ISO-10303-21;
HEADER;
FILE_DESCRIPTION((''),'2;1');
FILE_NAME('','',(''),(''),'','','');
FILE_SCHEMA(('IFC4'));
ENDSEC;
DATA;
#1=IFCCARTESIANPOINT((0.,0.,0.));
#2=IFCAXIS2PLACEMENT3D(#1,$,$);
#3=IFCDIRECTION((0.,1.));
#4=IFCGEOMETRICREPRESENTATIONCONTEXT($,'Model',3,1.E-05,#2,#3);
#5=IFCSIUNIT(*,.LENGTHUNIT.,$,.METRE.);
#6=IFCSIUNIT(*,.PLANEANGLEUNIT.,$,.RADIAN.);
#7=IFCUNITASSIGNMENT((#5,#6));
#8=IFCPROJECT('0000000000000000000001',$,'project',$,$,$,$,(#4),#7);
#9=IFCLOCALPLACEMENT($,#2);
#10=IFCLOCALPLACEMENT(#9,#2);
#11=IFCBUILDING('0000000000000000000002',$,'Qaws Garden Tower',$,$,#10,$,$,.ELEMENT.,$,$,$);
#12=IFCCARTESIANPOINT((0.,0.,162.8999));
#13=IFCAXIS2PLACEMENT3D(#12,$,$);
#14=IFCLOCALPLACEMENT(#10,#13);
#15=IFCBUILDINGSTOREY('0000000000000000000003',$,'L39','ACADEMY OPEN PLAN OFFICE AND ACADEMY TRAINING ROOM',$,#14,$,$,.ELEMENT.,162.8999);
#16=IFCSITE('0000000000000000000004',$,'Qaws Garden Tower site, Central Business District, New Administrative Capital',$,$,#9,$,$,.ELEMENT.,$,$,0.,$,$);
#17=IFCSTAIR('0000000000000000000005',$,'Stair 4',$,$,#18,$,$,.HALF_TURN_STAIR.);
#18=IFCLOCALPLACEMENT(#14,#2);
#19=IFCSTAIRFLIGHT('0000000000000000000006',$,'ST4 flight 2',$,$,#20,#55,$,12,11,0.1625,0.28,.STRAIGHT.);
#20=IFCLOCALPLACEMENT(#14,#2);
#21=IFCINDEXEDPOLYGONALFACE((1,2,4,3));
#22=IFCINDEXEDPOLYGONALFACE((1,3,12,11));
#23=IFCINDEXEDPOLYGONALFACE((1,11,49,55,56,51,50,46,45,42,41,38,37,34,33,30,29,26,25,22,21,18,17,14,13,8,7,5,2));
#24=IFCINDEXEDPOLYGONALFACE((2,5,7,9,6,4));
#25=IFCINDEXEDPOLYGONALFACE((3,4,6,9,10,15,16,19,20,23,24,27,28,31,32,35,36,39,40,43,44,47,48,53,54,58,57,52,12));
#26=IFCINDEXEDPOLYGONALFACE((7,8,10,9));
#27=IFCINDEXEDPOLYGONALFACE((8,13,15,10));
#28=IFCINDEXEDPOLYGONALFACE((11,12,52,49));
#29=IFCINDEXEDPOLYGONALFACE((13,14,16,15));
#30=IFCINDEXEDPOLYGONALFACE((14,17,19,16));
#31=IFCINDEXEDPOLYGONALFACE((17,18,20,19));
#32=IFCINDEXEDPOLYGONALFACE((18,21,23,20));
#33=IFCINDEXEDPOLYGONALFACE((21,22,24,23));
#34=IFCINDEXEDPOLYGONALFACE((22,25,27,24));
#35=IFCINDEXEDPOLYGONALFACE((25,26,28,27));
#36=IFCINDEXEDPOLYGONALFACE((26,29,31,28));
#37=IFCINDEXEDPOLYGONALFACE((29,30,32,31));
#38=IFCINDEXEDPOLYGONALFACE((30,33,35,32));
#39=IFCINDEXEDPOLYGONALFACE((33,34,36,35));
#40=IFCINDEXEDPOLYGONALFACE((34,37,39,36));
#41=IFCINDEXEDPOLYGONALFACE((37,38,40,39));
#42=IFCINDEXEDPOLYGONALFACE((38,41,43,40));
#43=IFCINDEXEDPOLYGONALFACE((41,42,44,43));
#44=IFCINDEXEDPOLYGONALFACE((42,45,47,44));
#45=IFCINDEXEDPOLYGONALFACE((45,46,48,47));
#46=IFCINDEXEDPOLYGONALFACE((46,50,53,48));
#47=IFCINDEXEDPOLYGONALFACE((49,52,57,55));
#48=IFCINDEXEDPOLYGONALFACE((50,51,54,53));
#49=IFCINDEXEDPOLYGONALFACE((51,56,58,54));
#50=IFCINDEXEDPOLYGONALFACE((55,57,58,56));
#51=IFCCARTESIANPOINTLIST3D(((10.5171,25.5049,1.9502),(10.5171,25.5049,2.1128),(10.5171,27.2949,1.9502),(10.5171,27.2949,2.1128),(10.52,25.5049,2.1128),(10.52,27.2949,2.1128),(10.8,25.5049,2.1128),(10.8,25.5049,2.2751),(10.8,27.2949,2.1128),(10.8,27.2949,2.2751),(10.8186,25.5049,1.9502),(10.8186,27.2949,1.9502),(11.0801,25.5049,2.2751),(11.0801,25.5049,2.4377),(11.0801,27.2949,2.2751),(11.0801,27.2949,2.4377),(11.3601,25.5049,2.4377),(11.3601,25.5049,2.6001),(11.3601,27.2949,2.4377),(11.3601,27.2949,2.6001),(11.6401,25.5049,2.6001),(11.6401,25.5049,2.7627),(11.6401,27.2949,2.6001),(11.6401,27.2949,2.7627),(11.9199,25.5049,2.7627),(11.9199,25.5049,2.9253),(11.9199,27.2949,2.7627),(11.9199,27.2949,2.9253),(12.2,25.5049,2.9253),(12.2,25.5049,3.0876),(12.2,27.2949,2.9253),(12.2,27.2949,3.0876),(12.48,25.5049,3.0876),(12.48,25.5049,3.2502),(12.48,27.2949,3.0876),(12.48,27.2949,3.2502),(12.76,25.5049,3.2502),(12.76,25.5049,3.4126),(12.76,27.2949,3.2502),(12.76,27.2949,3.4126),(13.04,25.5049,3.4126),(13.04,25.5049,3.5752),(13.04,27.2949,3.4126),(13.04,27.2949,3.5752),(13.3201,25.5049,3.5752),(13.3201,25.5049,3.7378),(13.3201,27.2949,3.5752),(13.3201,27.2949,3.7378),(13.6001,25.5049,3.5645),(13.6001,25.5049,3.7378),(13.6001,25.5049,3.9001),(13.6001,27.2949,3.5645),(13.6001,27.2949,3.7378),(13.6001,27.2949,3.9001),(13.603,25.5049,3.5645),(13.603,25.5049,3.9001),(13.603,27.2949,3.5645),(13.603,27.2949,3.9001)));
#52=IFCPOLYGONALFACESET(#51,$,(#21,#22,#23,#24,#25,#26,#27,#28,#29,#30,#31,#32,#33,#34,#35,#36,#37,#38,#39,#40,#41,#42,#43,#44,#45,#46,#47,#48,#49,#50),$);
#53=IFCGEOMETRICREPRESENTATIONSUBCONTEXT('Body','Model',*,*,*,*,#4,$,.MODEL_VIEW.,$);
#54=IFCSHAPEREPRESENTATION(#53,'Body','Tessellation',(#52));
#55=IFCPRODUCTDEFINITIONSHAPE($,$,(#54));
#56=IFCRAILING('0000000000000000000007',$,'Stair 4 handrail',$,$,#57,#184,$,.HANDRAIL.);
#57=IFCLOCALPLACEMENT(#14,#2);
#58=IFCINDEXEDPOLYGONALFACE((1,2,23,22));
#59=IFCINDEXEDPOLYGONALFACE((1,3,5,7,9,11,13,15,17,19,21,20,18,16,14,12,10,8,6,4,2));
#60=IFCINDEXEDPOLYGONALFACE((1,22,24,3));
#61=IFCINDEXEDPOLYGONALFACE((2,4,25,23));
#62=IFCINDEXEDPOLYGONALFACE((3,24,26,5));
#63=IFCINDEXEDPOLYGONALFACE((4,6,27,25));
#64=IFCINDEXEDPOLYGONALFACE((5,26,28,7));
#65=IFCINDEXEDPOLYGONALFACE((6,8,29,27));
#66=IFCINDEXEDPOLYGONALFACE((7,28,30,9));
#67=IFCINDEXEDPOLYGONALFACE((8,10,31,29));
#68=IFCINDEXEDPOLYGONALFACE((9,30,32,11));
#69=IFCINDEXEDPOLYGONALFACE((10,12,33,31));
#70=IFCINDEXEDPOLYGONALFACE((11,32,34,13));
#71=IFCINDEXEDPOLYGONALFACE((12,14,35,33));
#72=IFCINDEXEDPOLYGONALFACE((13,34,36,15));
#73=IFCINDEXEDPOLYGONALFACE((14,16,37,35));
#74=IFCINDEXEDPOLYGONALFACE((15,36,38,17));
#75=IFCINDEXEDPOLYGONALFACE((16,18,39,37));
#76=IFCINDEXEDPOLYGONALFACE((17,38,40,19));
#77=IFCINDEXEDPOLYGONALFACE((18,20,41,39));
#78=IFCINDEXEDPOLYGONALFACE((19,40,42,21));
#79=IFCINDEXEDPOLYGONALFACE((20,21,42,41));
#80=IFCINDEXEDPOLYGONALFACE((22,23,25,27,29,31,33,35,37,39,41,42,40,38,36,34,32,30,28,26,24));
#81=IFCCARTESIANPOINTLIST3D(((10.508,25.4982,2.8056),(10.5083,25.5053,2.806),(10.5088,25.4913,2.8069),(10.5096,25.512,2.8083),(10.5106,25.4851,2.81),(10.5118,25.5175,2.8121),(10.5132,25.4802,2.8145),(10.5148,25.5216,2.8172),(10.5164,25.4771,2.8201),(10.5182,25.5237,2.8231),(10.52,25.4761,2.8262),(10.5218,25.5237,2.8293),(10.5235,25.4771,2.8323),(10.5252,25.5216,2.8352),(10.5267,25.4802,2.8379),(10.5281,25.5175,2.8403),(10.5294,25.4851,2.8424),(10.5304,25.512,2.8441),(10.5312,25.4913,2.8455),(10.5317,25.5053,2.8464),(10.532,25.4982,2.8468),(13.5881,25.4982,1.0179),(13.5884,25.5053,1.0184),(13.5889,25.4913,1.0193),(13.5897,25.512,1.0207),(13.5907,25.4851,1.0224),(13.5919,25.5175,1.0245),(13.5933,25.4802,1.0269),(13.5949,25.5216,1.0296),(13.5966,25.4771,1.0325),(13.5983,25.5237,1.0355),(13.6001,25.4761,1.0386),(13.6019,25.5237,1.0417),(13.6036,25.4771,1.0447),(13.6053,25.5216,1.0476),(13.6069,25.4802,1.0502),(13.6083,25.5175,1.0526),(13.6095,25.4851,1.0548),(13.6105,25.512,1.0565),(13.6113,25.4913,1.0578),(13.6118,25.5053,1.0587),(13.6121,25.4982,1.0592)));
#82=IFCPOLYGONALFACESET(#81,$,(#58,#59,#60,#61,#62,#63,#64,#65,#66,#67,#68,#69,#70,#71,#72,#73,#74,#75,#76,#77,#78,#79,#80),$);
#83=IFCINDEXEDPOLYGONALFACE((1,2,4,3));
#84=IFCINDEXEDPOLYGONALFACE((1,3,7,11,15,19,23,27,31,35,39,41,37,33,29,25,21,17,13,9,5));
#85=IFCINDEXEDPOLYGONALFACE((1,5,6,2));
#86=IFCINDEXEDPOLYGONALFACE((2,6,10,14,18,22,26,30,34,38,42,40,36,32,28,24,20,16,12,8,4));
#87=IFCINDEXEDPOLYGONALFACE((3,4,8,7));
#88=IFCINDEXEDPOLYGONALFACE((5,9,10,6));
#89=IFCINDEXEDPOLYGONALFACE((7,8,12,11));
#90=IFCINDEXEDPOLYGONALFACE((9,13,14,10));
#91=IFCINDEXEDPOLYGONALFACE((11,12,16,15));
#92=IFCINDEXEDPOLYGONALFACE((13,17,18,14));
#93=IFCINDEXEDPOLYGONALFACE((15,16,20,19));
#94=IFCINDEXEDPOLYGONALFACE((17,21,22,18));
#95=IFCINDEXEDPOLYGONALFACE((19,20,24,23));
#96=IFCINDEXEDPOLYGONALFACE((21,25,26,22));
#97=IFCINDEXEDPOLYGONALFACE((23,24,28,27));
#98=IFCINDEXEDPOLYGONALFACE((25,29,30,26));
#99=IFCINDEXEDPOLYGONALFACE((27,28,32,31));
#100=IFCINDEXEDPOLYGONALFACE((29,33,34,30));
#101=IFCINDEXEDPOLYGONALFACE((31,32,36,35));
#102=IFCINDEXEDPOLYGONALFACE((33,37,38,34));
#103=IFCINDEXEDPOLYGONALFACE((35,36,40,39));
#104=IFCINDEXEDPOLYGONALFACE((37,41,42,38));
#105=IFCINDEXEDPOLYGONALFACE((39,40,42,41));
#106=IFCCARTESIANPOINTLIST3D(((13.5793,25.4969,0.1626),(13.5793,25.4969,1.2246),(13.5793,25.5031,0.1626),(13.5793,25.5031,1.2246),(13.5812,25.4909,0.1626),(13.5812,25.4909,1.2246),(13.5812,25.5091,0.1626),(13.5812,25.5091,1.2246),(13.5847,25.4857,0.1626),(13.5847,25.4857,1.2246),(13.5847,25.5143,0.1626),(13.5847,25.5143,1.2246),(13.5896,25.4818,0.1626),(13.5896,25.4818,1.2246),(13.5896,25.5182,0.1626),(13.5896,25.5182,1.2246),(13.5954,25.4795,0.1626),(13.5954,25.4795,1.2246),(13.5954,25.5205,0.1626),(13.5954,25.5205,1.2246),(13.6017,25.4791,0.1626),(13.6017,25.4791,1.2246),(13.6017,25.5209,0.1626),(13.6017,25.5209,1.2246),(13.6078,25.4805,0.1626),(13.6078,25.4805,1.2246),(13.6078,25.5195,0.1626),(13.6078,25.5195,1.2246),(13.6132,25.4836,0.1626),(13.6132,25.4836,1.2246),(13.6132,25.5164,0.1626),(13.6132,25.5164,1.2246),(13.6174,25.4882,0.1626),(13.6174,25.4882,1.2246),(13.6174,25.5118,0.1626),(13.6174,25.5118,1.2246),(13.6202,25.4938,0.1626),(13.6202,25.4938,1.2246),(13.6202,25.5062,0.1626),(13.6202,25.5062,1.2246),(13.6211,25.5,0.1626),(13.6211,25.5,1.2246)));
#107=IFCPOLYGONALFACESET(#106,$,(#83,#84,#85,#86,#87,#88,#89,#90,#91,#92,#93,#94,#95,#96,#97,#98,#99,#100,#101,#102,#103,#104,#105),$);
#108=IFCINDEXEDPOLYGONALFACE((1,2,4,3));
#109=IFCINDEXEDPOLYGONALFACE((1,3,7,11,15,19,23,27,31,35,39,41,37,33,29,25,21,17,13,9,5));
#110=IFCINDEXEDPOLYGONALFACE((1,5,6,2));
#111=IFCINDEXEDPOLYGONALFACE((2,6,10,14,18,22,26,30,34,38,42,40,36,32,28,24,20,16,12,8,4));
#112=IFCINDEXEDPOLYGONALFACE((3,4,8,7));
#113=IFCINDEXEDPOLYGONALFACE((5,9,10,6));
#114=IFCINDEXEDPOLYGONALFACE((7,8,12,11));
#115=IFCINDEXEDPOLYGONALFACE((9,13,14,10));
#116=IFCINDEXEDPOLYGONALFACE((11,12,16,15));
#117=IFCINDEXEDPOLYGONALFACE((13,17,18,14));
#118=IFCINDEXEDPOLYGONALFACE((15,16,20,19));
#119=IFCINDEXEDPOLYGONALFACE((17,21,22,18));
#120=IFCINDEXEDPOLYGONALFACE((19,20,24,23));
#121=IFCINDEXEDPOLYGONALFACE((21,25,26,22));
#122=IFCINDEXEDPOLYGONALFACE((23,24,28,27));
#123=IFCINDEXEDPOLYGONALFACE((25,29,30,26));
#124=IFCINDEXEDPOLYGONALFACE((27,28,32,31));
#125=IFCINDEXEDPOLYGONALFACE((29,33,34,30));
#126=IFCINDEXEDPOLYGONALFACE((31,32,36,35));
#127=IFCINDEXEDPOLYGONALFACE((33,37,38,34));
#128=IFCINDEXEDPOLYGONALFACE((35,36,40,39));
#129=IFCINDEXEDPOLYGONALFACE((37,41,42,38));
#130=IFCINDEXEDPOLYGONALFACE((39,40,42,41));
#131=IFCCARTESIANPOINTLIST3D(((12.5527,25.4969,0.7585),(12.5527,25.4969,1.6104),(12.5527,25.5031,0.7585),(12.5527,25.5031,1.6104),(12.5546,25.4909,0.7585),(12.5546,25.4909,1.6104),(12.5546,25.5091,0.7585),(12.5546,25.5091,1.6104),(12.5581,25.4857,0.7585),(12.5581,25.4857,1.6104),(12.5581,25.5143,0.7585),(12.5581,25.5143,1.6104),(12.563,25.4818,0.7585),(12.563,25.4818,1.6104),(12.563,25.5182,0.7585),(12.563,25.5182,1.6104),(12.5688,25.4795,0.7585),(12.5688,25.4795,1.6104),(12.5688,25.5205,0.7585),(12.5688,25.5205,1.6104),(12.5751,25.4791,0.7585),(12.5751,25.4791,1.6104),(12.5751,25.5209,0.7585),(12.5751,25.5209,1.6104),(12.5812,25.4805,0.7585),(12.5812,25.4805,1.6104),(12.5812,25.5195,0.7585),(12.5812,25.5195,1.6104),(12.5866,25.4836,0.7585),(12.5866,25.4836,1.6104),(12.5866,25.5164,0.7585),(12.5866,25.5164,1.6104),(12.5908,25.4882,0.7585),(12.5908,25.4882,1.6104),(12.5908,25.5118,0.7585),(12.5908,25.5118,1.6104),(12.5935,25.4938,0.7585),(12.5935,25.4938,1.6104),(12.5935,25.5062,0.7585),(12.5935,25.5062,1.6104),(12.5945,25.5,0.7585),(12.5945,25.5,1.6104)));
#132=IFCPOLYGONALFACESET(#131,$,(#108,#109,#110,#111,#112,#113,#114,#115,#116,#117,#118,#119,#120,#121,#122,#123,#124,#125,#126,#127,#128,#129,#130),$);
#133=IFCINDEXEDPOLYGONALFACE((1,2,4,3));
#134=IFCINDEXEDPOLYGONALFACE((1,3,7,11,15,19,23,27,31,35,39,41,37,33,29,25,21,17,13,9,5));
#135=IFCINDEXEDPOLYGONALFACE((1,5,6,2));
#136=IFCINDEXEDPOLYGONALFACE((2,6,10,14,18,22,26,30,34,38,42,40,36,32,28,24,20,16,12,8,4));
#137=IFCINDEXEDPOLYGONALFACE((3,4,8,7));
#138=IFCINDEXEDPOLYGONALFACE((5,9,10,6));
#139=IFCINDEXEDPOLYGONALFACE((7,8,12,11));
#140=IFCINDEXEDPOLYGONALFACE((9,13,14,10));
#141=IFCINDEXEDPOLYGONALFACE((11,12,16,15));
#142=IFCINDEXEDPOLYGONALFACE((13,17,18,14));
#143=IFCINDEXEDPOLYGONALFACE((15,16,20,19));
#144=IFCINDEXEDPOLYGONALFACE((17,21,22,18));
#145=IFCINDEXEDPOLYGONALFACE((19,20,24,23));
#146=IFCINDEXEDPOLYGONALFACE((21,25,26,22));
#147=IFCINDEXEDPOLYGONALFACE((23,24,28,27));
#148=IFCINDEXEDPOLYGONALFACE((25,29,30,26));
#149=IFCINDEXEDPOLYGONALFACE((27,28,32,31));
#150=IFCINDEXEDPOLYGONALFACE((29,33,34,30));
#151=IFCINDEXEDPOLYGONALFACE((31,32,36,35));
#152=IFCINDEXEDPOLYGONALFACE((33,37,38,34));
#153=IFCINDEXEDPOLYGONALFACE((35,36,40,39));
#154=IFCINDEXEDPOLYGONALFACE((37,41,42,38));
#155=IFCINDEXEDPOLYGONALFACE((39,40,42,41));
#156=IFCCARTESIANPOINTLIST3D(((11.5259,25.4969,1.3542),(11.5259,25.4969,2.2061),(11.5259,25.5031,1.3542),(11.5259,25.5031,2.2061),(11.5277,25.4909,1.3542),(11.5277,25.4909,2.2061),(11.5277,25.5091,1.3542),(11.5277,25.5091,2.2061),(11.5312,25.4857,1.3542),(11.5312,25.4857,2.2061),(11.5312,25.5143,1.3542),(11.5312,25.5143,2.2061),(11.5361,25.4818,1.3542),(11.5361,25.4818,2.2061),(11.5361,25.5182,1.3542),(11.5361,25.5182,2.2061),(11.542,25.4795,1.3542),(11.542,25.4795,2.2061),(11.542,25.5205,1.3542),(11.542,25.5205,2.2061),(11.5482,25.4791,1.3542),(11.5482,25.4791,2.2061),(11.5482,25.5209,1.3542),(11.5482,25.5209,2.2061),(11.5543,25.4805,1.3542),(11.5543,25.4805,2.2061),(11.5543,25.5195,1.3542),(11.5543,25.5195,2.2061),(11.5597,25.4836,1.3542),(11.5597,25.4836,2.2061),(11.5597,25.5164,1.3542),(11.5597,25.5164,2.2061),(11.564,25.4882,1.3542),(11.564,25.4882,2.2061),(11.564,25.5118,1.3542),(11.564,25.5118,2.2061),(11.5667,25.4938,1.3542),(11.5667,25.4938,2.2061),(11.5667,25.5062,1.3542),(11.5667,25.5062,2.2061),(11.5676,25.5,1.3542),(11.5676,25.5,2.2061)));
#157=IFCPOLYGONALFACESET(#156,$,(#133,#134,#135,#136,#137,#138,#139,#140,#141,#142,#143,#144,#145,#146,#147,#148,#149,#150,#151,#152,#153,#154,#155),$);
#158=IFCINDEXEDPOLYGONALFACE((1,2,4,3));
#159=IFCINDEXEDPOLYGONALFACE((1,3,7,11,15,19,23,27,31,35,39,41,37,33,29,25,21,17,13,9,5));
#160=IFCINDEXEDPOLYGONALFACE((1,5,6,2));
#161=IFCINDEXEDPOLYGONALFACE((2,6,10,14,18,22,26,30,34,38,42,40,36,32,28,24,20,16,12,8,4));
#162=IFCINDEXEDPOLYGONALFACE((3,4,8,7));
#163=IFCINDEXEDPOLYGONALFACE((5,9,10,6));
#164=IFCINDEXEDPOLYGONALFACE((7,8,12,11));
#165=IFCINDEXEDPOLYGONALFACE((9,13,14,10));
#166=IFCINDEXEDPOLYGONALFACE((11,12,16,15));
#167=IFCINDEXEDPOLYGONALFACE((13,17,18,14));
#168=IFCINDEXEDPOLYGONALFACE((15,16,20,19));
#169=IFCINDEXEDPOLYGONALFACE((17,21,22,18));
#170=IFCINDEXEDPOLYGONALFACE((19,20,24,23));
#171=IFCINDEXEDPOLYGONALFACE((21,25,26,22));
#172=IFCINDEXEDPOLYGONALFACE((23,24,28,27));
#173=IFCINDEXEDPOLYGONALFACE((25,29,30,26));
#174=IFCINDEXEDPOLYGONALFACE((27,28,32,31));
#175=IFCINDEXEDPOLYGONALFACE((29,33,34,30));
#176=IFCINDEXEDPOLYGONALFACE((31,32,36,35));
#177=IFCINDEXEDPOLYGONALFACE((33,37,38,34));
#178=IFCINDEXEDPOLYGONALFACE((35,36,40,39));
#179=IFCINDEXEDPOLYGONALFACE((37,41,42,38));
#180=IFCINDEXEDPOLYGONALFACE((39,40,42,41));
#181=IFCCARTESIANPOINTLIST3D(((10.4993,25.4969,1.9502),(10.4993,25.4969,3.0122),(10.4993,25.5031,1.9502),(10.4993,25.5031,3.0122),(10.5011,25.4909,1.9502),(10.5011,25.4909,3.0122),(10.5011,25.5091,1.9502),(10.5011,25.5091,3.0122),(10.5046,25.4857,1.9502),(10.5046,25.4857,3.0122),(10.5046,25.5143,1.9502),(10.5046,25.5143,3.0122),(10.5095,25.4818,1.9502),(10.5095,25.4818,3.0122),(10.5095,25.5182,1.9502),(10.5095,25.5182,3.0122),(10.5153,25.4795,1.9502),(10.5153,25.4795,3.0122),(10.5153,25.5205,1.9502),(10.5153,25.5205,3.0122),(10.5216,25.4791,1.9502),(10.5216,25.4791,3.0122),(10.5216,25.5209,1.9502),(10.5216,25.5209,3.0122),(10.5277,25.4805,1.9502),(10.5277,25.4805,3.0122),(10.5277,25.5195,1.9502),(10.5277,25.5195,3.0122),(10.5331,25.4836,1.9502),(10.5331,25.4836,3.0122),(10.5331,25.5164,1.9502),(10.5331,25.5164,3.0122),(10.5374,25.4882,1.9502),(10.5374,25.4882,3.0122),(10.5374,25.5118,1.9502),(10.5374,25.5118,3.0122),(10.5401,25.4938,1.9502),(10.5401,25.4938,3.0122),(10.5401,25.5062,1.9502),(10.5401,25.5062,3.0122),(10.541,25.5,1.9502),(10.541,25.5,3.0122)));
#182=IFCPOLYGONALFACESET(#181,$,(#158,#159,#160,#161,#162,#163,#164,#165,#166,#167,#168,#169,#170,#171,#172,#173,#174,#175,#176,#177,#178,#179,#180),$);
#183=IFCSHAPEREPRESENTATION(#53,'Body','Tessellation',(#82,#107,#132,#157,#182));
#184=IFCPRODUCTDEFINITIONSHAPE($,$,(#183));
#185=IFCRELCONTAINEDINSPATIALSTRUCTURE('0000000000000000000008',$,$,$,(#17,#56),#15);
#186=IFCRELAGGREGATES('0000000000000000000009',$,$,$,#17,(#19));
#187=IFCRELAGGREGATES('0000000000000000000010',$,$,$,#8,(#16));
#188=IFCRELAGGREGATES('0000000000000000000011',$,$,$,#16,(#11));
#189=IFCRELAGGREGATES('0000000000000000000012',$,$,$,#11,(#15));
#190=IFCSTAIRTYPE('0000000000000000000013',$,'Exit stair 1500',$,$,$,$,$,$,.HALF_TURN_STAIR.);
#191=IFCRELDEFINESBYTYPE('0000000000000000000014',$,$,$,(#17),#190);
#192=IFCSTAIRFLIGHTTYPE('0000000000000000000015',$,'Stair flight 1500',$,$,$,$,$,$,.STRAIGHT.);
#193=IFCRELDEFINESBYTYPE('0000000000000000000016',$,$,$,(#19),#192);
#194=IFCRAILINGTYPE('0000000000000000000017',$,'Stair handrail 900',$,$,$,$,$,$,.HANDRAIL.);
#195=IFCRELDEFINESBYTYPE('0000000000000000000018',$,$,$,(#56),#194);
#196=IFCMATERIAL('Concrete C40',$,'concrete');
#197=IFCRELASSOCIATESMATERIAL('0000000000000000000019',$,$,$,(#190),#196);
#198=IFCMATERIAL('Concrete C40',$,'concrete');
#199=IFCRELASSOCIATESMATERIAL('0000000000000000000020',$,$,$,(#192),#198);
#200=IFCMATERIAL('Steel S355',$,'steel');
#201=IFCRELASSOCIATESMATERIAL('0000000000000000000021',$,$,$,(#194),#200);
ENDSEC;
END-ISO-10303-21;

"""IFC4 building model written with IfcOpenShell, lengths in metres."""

from ifc_helpers import new_model, si_unit, direction, frame, origin, origin_2d, place, context, subcontext, project, spatial, polyline, circle, outline, extrude, material, type_object, element, aggregate, save


model = new_model("IFC4")

# Units and contexts
model_context = context("Model", 3, precision=1e-05, world=origin(), true_north=direction((0.0, 1.0)))
body_context = subcontext(model_context, "Body", "Model", "MODEL_VIEW")
ifc_project = project(units=[si_unit("LENGTHUNIT", "METRE"), si_unit("PLANEANGLEUNIT", "RADIAN")], contexts=[model_context])

# Site, building, storey
site_placement = place(None, origin())
site = spatial("IfcSite", under=ifc_project, at=site_placement, Name="Qaws Garden Tower site, Central Business District, New Administrative Capital", CompositionType="ELEMENT", RefElevation=0.0)
building_placement = place(site_placement, origin())
building = spatial("IfcBuilding", under=site, at=building_placement, Name="Qaws Garden Tower", CompositionType="ELEMENT")
storey_placement = place(building_placement, frame((0.0, 0.0, 162.8999)))
storey = spatial("IfcBuildingStorey", under=building, at=storey_placement, Name="L39", Description="ACADEMY OPEN PLAN OFFICE AND ACADEMY TRAINING ROOM", CompositionType="ELEMENT", Elevation=162.8999)

# Stair, stair flight
ifc_material_1 = material(Name="Concrete C40", Category="concrete")
stair_type = type_object("IfcStairType", Name="Exit stair 1500", PredefinedType="HALF_TURN_STAIR", material=ifc_material_1)
stair_placement = place(storey_placement, origin())
stair = element("IfcStair", 1, at=stair_placement, inside=storey, type_object=stair_type, Name="Stair 4", PredefinedType="HALF_TURN_STAIR")
ifc_material_2 = material(Name="Concrete C40", Category="concrete")
stair_flight_type = type_object("IfcStairFlightType", Name="Stair flight 1500", PredefinedType="STRAIGHT", material=ifc_material_2)
stair_flight_1_placement = place(storey_placement, frame((10.52, 26.3999, 1.9502), z_axis=(0.0, 0.0, 1.0), x_axis=(1.0, 0.0, 0.0)))
stair_flight_1 = element("IfcStairFlight", 2, at=stair_flight_1_placement, type_object=stair_flight_type, Name="ST4 flight 2", NumberOfRisers=12, NumberOfTreads=11, PredefinedType="STRAIGHT", RiserHeight=0.1625, TreadLength=0.28, context=body_context, shape_type="SweptSolid", body=[
    extrude(outline(polyline([(-0.0029, 0.0), (-0.0029, 0.1626), (0.0, 0.1626), (0.28, 0.1626), (0.28, 0.325), (0.5601, 0.325), (0.5601, 0.4875), (0.8401, 0.4875), (0.8401, 0.6499), (1.1201, 0.6499), (1.1201, 0.8125), (1.3999, 0.8125), (1.3999, 0.9751), (1.6799, 0.9751), (1.6799, 1.1375), (1.96, 1.1375), (1.96, 1.3), (2.24, 1.3), (2.24, 1.4624), (2.52, 1.4624), (2.52, 1.625), (2.8, 1.625), (2.8, 1.7876), (3.0801, 1.7876), (3.0801, 1.95), (3.083, 1.95), (3.083, 1.6143), (3.0801, 1.6143), (0.2986, 0.0), (-0.0029, 0.0)])), frame((0.0, 0.895, 0.0), z_axis=(0.0, -1.0, 0.0), x_axis=(1.0, 0.0, 0.0)), (0.0, 0.0, 1.0), 1.79),
])
aggregate(stair, [stair_flight_1])

# Railing
ifc_material_3 = material(Name="Steel S355", Category="steel")
railing_type = type_object("IfcRailingType", Name="Stair handrail 900", PredefinedType="HANDRAIL", material=ifc_material_3)
railing_1_placement = place(storey_placement, frame((13.6001, 25.5, 0.1626)))
element("IfcRailing", 3, at=railing_1_placement, inside=storey, type_object=railing_type, Name="Stair 4 handrail", PredefinedType="HANDRAIL", context=body_context, shape_type="SweptSolid", body=[
    extrude(circle(Radius=0.0239, at=origin_2d()), frame((0.0, 0.0, 0.876), z_axis=(-0.864891, 0.0, 0.50196), x_axis=(0.0, -1.0, 0.0)), (0.0, 0.0, 1.0), 3.5613),
    extrude(circle(Radius=0.021, at=origin_2d()), origin(), (0.0, 0.0, 1.0), 1.062),
    extrude(circle(Radius=0.021, at=origin_2d()), frame((-1.0266, 0.0, 0.5959)), (0.0, 0.0, 1.0), 0.8518),
    extrude(circle(Radius=0.021, at=origin_2d()), frame((-2.0535, 0.0, 1.1917)), (0.0, 0.0, 1.0), 0.8518),
    extrude(circle(Radius=0.021, at=origin_2d()), frame((-3.0801, 0.0, 1.7876)), (0.0, 0.0, 1.0), 1.062),
])

save(model, "model.ifc")
